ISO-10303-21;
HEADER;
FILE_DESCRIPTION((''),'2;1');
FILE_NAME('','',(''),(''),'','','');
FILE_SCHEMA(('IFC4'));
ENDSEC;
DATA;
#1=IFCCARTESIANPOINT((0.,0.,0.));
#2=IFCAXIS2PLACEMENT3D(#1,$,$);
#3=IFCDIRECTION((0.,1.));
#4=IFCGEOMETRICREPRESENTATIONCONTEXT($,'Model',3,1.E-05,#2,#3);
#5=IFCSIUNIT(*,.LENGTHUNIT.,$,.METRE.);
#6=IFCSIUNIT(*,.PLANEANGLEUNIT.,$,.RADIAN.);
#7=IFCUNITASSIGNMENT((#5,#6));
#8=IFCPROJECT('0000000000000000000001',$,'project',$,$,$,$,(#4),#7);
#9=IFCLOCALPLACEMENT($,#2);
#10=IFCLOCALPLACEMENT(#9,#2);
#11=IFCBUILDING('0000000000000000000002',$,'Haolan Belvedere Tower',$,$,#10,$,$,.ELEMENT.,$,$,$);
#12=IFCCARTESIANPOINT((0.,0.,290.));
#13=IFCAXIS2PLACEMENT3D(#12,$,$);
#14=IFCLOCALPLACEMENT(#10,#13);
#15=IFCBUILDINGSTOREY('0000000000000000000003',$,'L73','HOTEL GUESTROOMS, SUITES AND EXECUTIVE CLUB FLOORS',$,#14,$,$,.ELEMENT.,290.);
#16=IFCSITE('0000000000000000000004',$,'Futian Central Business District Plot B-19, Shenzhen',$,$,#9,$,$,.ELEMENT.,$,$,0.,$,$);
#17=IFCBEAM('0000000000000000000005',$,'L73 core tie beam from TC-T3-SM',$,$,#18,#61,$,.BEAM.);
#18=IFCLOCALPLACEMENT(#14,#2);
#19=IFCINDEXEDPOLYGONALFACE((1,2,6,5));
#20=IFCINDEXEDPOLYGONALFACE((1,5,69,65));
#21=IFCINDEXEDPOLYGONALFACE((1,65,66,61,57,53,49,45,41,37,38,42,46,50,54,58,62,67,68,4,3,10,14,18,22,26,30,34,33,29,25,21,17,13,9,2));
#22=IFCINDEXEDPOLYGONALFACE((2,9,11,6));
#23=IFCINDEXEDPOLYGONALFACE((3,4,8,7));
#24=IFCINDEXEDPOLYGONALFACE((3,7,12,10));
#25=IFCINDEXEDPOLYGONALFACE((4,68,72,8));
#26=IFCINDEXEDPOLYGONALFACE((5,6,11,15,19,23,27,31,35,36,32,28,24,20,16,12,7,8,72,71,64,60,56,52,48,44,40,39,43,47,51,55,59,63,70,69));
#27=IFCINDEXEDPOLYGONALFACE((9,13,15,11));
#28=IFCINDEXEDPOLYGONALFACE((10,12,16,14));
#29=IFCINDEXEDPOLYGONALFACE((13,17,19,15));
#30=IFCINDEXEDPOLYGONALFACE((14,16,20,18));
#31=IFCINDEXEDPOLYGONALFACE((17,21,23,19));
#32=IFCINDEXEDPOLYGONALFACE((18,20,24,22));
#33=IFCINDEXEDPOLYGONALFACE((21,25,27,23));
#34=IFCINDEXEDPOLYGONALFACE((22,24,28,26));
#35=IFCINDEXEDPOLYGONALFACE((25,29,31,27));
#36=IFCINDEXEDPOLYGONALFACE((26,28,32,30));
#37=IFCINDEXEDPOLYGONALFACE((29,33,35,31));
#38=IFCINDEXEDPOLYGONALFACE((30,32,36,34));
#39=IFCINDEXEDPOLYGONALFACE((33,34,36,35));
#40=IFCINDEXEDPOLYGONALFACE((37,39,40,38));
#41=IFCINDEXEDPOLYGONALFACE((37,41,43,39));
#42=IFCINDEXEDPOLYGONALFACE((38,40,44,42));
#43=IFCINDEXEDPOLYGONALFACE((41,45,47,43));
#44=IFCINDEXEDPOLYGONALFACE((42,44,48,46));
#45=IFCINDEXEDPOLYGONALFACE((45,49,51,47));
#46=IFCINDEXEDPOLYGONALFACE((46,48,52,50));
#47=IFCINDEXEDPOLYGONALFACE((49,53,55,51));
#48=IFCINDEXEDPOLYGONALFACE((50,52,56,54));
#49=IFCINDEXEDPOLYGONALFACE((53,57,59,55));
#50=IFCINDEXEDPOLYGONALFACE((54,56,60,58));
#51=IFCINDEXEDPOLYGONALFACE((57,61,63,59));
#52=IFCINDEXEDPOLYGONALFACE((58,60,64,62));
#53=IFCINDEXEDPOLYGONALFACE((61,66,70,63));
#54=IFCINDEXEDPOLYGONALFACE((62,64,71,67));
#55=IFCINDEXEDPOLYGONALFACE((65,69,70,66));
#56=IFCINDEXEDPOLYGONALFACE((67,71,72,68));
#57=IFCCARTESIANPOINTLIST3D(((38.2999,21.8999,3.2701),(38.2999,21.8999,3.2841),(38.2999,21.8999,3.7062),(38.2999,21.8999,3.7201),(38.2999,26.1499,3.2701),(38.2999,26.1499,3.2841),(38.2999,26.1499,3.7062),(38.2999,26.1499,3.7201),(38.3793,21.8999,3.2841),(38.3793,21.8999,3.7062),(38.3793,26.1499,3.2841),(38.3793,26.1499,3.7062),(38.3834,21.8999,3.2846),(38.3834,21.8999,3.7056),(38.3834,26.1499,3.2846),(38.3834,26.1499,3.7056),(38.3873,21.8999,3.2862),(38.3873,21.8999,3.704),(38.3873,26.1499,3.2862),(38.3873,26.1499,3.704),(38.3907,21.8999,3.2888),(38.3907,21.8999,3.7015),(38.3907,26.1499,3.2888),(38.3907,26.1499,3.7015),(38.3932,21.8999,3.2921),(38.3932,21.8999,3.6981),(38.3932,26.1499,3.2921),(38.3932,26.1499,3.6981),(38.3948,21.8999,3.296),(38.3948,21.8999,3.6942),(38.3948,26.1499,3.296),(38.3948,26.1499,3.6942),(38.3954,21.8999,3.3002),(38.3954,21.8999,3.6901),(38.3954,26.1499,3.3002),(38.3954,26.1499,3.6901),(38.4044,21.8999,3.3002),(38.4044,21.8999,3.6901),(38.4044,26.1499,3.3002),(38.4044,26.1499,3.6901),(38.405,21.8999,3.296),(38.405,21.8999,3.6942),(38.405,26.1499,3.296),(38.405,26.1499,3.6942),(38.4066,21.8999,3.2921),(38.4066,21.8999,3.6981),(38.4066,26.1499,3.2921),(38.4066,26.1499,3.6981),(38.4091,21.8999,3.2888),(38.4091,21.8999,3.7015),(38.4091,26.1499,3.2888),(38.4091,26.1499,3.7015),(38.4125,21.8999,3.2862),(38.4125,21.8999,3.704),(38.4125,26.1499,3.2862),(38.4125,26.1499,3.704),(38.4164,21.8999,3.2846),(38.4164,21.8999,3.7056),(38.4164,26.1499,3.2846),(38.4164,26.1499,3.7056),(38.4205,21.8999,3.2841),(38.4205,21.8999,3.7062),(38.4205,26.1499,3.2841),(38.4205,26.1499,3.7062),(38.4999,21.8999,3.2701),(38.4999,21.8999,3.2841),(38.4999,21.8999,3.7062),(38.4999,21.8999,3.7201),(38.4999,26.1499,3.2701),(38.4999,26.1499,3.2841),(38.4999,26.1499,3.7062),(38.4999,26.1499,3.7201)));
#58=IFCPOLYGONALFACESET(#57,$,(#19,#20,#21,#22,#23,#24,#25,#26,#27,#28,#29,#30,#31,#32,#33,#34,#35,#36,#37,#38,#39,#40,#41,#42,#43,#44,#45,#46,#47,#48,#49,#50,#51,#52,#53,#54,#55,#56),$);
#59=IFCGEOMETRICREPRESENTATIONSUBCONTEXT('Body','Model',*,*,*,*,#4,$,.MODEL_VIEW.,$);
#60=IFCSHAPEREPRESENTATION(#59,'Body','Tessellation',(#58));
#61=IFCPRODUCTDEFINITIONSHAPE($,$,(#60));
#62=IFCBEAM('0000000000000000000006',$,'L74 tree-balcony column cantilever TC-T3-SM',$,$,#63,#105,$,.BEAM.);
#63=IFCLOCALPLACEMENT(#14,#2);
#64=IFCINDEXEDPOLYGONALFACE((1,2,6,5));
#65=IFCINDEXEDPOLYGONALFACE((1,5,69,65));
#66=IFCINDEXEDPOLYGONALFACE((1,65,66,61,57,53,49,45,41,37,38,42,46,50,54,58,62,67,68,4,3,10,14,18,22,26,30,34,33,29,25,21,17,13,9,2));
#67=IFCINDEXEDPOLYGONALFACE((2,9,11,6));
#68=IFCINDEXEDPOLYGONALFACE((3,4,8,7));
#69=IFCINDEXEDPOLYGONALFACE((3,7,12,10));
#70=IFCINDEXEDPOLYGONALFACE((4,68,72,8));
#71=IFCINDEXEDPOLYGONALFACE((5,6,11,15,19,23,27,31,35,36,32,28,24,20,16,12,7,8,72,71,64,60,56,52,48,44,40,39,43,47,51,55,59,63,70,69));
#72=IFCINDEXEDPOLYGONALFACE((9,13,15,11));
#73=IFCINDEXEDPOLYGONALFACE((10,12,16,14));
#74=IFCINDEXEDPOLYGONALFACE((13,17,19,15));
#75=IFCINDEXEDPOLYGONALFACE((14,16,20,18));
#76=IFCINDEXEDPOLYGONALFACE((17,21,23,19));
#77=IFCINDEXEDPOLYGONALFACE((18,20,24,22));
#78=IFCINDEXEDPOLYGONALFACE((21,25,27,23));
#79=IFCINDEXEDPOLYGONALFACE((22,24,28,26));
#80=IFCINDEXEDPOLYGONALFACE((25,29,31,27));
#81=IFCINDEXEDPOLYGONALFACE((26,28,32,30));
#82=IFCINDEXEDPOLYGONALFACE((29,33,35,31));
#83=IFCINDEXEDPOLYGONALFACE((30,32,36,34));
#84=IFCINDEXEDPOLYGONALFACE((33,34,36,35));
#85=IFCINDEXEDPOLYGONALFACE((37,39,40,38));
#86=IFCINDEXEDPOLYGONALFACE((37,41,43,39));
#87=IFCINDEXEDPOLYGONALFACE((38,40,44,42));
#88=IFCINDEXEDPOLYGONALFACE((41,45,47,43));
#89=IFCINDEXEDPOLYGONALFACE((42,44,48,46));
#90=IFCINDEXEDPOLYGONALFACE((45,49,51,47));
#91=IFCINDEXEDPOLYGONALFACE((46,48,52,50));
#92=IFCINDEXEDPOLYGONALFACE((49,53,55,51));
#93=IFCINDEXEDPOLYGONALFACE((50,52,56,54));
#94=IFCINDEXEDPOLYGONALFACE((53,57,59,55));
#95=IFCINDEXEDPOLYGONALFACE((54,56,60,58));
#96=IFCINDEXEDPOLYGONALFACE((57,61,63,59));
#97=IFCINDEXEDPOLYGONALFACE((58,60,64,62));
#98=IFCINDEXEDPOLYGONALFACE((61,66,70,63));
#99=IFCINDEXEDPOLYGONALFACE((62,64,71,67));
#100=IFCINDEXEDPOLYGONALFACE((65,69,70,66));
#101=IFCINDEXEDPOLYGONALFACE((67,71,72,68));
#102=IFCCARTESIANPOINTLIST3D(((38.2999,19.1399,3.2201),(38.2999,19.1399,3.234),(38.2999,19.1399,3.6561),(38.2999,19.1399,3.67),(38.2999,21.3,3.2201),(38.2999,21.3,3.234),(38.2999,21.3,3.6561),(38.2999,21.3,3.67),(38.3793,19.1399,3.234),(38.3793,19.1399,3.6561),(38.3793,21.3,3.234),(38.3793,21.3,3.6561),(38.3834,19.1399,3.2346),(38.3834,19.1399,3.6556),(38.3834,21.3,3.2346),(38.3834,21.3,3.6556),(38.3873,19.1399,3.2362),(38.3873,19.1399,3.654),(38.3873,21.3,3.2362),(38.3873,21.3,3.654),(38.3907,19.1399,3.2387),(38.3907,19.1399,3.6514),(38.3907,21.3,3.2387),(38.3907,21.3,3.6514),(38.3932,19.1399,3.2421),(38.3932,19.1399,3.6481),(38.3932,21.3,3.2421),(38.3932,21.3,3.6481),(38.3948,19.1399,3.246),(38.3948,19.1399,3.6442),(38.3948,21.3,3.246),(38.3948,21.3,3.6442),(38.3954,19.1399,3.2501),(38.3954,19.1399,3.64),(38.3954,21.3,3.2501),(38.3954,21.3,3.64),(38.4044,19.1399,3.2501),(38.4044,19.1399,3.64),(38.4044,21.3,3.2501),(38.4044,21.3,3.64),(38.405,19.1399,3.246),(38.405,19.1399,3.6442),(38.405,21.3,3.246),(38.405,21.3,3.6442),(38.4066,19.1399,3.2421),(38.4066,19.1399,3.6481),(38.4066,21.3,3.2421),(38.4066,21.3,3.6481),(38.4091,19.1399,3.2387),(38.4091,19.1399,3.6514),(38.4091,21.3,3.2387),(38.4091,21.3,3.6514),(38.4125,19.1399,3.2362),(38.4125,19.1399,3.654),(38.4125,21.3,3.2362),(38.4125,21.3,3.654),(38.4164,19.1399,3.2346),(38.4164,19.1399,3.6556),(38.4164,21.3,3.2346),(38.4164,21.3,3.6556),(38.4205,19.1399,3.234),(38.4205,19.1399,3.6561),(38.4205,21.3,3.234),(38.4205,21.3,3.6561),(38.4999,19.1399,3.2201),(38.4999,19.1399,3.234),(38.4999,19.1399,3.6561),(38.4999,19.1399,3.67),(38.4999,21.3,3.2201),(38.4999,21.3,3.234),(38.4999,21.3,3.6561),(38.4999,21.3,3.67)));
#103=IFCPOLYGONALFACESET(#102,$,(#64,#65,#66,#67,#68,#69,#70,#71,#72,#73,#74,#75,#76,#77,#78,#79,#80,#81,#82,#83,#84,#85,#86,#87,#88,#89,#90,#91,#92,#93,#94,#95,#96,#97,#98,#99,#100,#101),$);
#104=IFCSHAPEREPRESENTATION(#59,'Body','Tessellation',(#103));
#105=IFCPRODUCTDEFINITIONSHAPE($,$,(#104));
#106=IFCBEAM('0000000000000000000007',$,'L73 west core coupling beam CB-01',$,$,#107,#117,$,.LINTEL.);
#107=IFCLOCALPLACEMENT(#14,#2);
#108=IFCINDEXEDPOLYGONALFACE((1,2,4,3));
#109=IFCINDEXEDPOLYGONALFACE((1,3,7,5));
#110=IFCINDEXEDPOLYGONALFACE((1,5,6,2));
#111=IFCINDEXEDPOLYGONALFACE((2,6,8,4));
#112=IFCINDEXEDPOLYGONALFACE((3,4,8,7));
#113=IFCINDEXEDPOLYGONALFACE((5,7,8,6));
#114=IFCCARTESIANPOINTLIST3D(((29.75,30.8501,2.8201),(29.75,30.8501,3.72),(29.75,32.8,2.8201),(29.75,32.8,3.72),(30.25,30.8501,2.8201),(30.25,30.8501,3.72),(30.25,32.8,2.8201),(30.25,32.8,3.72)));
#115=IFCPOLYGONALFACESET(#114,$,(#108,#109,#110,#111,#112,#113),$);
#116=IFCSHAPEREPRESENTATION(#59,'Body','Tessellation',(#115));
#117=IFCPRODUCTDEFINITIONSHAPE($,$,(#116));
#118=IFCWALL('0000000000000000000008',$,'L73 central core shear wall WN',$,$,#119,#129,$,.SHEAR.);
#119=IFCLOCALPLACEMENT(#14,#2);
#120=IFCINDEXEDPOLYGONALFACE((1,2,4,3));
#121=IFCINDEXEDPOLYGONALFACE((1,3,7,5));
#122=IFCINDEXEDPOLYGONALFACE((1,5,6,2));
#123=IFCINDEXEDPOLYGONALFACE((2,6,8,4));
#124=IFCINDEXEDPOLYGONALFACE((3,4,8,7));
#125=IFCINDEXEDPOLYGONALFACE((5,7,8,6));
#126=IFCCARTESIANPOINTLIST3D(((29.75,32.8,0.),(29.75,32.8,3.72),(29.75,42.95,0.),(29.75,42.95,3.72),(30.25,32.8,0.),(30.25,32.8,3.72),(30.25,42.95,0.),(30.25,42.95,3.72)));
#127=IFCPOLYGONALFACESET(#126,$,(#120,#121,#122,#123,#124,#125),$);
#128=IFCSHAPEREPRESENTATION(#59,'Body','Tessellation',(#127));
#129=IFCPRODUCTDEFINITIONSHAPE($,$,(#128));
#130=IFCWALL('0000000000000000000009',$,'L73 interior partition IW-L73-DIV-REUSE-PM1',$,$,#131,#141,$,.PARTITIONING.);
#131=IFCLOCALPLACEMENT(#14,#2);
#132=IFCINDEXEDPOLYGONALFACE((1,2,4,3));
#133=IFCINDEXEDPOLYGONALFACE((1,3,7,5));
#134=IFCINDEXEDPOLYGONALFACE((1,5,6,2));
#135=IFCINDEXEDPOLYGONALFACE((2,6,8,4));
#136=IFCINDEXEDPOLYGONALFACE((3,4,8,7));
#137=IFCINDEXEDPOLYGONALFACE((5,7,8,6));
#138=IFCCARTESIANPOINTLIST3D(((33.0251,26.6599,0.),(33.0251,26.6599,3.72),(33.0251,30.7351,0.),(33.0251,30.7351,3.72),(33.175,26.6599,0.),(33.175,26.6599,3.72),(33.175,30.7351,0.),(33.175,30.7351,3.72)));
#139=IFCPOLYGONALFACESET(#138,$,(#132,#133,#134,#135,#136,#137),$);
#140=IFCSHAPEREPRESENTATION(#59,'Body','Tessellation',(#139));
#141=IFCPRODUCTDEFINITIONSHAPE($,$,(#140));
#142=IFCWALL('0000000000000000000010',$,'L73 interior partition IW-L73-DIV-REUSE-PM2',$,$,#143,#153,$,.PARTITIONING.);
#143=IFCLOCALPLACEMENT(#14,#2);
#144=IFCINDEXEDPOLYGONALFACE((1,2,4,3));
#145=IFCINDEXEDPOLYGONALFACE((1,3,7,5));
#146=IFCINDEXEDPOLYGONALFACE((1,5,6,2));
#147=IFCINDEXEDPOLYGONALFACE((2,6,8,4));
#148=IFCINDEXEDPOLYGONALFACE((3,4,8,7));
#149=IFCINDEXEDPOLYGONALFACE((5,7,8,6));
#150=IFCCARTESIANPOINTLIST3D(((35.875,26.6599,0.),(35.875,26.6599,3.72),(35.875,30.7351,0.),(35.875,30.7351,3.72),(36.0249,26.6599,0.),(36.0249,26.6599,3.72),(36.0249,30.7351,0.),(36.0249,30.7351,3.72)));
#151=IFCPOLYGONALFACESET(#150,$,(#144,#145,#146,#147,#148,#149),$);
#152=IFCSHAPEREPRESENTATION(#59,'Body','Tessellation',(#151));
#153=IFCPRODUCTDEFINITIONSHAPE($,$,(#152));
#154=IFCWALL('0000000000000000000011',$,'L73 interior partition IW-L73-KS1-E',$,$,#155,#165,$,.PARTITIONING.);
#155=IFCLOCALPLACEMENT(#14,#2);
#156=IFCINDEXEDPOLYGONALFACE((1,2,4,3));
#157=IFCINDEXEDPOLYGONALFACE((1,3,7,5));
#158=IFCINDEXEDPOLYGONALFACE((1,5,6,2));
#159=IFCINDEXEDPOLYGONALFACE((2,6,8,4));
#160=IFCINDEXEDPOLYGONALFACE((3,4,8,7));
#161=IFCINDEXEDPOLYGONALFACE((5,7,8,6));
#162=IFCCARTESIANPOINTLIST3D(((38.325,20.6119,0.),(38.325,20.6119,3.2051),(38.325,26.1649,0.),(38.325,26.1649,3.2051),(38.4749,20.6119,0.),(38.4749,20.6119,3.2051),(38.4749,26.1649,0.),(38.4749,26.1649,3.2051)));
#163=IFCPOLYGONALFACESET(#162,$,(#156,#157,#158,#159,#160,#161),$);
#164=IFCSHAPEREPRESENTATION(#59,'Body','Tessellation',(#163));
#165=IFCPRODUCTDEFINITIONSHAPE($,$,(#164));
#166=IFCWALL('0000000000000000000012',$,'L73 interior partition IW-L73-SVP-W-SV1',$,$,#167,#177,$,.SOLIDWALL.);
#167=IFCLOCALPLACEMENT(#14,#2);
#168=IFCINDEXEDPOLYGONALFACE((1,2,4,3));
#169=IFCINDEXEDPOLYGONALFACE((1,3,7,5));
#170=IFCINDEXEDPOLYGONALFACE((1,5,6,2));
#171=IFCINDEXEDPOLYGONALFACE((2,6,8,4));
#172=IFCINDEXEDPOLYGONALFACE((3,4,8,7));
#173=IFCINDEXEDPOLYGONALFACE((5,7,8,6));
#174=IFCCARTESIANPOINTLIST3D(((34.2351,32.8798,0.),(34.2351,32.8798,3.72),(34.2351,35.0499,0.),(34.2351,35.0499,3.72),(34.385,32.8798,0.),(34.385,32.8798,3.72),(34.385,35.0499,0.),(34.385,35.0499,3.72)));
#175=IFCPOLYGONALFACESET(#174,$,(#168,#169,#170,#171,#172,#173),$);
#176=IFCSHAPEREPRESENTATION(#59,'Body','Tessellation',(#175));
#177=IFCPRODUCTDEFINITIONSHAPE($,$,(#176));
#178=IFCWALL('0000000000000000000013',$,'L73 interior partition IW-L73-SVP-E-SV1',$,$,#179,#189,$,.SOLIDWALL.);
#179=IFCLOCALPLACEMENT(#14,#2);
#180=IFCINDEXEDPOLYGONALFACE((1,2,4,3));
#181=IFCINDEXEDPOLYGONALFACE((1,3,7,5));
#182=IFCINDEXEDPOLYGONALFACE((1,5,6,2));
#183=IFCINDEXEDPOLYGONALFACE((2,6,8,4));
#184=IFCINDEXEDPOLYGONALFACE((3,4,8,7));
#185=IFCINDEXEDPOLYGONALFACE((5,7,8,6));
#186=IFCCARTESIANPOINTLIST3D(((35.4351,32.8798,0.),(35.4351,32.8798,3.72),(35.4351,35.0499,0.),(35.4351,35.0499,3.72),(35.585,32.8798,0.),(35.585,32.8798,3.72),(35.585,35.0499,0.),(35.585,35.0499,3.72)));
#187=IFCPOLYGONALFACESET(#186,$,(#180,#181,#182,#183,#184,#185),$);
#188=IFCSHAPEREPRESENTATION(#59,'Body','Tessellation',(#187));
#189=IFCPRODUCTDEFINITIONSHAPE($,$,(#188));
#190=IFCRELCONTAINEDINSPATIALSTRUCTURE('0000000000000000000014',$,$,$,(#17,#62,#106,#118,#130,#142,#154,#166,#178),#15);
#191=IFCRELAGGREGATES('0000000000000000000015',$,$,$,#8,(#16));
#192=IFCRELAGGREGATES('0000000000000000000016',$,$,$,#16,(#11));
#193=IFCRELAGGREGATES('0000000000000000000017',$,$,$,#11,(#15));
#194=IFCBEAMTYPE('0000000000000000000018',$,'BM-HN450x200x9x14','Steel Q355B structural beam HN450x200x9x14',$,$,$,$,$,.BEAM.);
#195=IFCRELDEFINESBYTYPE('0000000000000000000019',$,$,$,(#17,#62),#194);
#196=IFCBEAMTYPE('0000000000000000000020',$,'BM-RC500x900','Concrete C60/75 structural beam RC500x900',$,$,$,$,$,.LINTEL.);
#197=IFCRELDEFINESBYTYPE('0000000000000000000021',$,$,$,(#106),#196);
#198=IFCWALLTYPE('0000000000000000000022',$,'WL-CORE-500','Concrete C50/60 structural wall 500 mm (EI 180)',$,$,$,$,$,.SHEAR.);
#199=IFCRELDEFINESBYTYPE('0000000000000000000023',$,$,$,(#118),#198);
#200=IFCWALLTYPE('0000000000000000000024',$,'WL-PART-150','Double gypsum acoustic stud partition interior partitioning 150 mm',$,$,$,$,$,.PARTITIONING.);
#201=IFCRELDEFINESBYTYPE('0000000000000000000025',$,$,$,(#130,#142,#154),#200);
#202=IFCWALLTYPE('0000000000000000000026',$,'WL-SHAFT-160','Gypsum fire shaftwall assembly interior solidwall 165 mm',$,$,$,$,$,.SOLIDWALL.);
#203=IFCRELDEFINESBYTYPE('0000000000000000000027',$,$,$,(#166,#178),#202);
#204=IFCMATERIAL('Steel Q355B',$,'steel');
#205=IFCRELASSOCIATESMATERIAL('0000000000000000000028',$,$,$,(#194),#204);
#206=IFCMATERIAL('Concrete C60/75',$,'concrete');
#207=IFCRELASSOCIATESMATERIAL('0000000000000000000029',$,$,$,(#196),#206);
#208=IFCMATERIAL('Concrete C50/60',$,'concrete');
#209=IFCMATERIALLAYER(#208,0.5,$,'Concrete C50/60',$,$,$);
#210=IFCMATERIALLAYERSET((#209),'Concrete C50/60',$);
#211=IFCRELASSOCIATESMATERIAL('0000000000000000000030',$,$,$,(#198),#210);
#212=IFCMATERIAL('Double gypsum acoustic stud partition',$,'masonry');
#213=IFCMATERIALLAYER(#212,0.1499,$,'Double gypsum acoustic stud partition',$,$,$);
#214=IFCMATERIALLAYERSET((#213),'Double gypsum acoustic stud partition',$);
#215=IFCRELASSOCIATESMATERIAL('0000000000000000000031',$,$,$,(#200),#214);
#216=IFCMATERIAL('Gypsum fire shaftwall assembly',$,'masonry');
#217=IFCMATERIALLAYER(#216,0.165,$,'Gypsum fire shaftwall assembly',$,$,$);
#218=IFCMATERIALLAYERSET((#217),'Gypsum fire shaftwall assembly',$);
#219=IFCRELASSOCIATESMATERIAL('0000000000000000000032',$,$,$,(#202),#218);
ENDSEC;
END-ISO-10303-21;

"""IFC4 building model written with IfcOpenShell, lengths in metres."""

from ifc_helpers import new_model, si_unit, direction, frame, frame_2d, origin, origin_2d, place, context, subcontext, project, spatial, rectangle, i_section, extrude, material, layer, layer_set, material_profile, profile_set, type_object, element, save


model = new_model("IFC4")

# Units and contexts
model_context = context("Model", 3, precision=1e-05, world=origin(), true_north=direction((0.0, 1.0)))
body_context = subcontext(model_context, "Body", "Model", "MODEL_VIEW")
ifc_project = project(units=[si_unit("LENGTHUNIT", "METRE"), si_unit("PLANEANGLEUNIT", "RADIAN")], contexts=[model_context])

# Site, building, storey
site_placement = place(None, origin())
site = spatial("IfcSite", under=ifc_project, at=site_placement, Name="Futian Central Business District Plot B-19, Shenzhen", CompositionType="ELEMENT", RefElevation=0.0)
building_placement = place(site_placement, origin())
building = spatial("IfcBuilding", under=site, at=building_placement, Name="Haolan Belvedere Tower", CompositionType="ELEMENT")
storey_placement = place(building_placement, frame((0.0, 0.0, 290.0)))
storey = spatial("IfcBuildingStorey", under=building, at=storey_placement, Name="L73", Description="HOTEL GUESTROOMS, SUITES AND EXECUTIVE CLUB FLOORS", CompositionType="ELEMENT", Elevation=290.0)

# Beams
ifc_material_1 = material(Name="Steel Q355B", Category="steel")
ifc_material_profile_1 = material_profile(ifc_material_1, i_section(OverallWidth=0.2, OverallDepth=0.45, WebThickness=0.009, FlangeThickness=0.0139, FilletRadius=0.0161, at=origin_2d()), Name="Steel Q355B")
ifc_profile_set_1 = profile_set([ifc_material_profile_1], Name="Steel Q355B")
beam_type_1 = type_object("IfcBeamType", Name="BM-HN450x200x9x14", Description="Steel Q355B structural beam HN450x200x9x14", PredefinedType="BEAM", material=ifc_profile_set_1)
beam_1_placement = place(storey_placement, frame((38.3999, 21.8999, 3.4951), z_axis=(0.0, 1.0, 0.0), x_axis=(-1.0, 0.0, 0.0)))
element("IfcBeam", 1, at=beam_1_placement, inside=storey, type_object=beam_type_1, Name="L73 core tie beam from TC-T3-SM", PredefinedType="BEAM", context=body_context, shape_type="SweptSolid", body=[
    extrude(i_section(OverallWidth=0.2, OverallDepth=0.45, WebThickness=0.009, FlangeThickness=0.0139, FilletRadius=0.0161, at=origin_2d()), origin(), (0.0, 0.0, 1.0), 4.25),
])
beam_2_placement = place(storey_placement, frame((38.3999, 21.3, 3.4451), z_axis=(0.0, -1.0, 0.0), x_axis=(1.0, 0.0, 0.0)))
element("IfcBeam", 2, at=beam_2_placement, inside=storey, type_object=beam_type_1, Name="L74 tree-balcony column cantilever TC-T3-SM", PredefinedType="BEAM", context=body_context, shape_type="SweptSolid", body=[
    extrude(i_section(OverallWidth=0.2, OverallDepth=0.45, WebThickness=0.009, FlangeThickness=0.0139, FilletRadius=0.0161, at=origin_2d()), origin(), (0.0, 0.0, 1.0), 2.1602),
])
ifc_material_2 = material(Name="Concrete C60/75", Category="concrete")
ifc_material_profile_2 = material_profile(ifc_material_2, rectangle(XDim=0.5, YDim=0.8999, at=origin_2d()), Name="Concrete C60/75")
ifc_profile_set_2 = profile_set([ifc_material_profile_2], Name="Concrete C60/75")
beam_type_2 = type_object("IfcBeamType", Name="BM-RC500x900", Description="Concrete C60/75 structural beam RC500x900", PredefinedType="LINTEL", material=ifc_profile_set_2)
beam_3_placement = place(storey_placement, frame((30.0, 30.8501, 3.27), z_axis=(0.0, 1.0, 0.0), x_axis=(-1.0, 0.0, 0.0)))
element("IfcBeam", 3, at=beam_3_placement, inside=storey, type_object=beam_type_2, Name="L73 west core coupling beam CB-01", PredefinedType="LINTEL", context=body_context, shape_type="SweptSolid", body=[
    extrude(rectangle(XDim=0.5, YDim=0.8999, at=origin_2d()), origin(), (0.0, 0.0, 1.0), 1.95),
])

# Walls
ifc_material_3 = material(Name="Concrete C50/60", Category="concrete")
ifc_layer_1 = layer(ifc_material_3, 0.5, Name="Concrete C50/60")
ifc_layer_set_1 = layer_set([ifc_layer_1], Name="Concrete C50/60")
wall_type_1 = type_object("IfcWallType", Name="WL-CORE-500", Description="Concrete C50/60 structural wall 500 mm (EI 180)", PredefinedType="SHEAR", material=ifc_layer_set_1)
wall_1_placement = place(storey_placement, frame((30.0, 32.8, 0.0), z_axis=(0.0, 0.0, 1.0), x_axis=(0.0, 1.0, 0.0)))
element("IfcWall", 4, at=wall_1_placement, inside=storey, type_object=wall_type_1, Name="L73 central core shear wall WN", PredefinedType="SHEAR", context=body_context, shape_type="SweptSolid", body=[
    extrude(rectangle(XDim=10.1499, YDim=0.5, at=frame_2d((5.075, 0.0))), origin(), (0.0, 0.0, 1.0), 3.72),
])
ifc_material_4 = material(Name="Double gypsum acoustic stud partition", Category="masonry")
ifc_layer_2 = layer(ifc_material_4, 0.1499, Name="Double gypsum acoustic stud partition")
ifc_layer_set_2 = layer_set([ifc_layer_2], Name="Double gypsum acoustic stud partition")
wall_type_2 = type_object("IfcWallType", Name="WL-PART-150", Description="Double gypsum acoustic stud partition interior partitioning 150 mm", PredefinedType="PARTITIONING", material=ifc_layer_set_2)
for number, where, z_axis, x_axis, name in (
    (5, (33.1001, 26.6599, 0.0), (0.0, 0.0, 1.0), (0.0, 1.0, 0.0), "L73 interior partition IW-L73-DIV-REUSE-PM1"),
    (6, (35.95, 26.6599, 0.0), (0.0, 0.0, 1.0), (0.0, 1.0, 0.0), "L73 interior partition IW-L73-DIV-REUSE-PM2"),
):
    element("IfcWall", number, at=place(storey_placement, frame(where, z_axis=z_axis, x_axis=x_axis)), inside=storey, type_object=wall_type_2, Name=name, PredefinedType="PARTITIONING", context=body_context, shape_type="SweptSolid", body=[
        extrude(rectangle(XDim=4.0752, YDim=0.1499, at=frame_2d((2.0376, 0.0))), origin(), (0.0, 0.0, 1.0), 3.72),
    ])
wall_2_placement = place(storey_placement, frame((38.3999, 20.6121, 0.0), z_axis=(0.0, 0.0, 1.0), x_axis=(0.0, 1.0, 0.0)))
element("IfcWall", 7, at=wall_2_placement, inside=storey, type_object=wall_type_2, Name="L73 interior partition IW-L73-KS1-E", PredefinedType="PARTITIONING", context=body_context, shape_type="SweptSolid", body=[
    extrude(rectangle(XDim=5.553, YDim=0.1499, at=frame_2d((2.7764, 0.0))), origin(), (0.0, 0.0, 1.0), 3.2051),
])
ifc_material_5 = material(Name="Gypsum fire shaftwall assembly", Category="masonry")
ifc_layer_3 = layer(ifc_material_5, 0.165, Name="Gypsum fire shaftwall assembly")
ifc_layer_set_3 = layer_set([ifc_layer_3], Name="Gypsum fire shaftwall assembly")
wall_type_3 = type_object("IfcWallType", Name="WL-SHAFT-160", Description="Gypsum fire shaftwall assembly interior solidwall 165 mm", PredefinedType="SOLIDWALL", material=ifc_layer_set_3)
for number, where, z_axis, x_axis, name in (
    (8, (34.3101, 32.8799, 0.0), (0.0, 0.0, 1.0), (0.0, 1.0, 0.0), "L73 interior partition IW-L73-SVP-W-SV1"),
    (9, (35.51, 32.8799, 0.0), (0.0, 0.0, 1.0), (0.0, 1.0, 0.0), "L73 interior partition IW-L73-SVP-E-SV1"),
):
    element("IfcWall", number, at=place(storey_placement, frame(where, z_axis=z_axis, x_axis=x_axis)), inside=storey, type_object=wall_type_3, Name=name, PredefinedType="SOLIDWALL", context=body_context, shape_type="SweptSolid", body=[
        extrude(rectangle(XDim=2.1702, YDim=0.1499, at=frame_2d((1.085, 0.0))), origin(), (0.0, 0.0, 1.0), 3.72),
    ])

save(model, "model.ifc")
